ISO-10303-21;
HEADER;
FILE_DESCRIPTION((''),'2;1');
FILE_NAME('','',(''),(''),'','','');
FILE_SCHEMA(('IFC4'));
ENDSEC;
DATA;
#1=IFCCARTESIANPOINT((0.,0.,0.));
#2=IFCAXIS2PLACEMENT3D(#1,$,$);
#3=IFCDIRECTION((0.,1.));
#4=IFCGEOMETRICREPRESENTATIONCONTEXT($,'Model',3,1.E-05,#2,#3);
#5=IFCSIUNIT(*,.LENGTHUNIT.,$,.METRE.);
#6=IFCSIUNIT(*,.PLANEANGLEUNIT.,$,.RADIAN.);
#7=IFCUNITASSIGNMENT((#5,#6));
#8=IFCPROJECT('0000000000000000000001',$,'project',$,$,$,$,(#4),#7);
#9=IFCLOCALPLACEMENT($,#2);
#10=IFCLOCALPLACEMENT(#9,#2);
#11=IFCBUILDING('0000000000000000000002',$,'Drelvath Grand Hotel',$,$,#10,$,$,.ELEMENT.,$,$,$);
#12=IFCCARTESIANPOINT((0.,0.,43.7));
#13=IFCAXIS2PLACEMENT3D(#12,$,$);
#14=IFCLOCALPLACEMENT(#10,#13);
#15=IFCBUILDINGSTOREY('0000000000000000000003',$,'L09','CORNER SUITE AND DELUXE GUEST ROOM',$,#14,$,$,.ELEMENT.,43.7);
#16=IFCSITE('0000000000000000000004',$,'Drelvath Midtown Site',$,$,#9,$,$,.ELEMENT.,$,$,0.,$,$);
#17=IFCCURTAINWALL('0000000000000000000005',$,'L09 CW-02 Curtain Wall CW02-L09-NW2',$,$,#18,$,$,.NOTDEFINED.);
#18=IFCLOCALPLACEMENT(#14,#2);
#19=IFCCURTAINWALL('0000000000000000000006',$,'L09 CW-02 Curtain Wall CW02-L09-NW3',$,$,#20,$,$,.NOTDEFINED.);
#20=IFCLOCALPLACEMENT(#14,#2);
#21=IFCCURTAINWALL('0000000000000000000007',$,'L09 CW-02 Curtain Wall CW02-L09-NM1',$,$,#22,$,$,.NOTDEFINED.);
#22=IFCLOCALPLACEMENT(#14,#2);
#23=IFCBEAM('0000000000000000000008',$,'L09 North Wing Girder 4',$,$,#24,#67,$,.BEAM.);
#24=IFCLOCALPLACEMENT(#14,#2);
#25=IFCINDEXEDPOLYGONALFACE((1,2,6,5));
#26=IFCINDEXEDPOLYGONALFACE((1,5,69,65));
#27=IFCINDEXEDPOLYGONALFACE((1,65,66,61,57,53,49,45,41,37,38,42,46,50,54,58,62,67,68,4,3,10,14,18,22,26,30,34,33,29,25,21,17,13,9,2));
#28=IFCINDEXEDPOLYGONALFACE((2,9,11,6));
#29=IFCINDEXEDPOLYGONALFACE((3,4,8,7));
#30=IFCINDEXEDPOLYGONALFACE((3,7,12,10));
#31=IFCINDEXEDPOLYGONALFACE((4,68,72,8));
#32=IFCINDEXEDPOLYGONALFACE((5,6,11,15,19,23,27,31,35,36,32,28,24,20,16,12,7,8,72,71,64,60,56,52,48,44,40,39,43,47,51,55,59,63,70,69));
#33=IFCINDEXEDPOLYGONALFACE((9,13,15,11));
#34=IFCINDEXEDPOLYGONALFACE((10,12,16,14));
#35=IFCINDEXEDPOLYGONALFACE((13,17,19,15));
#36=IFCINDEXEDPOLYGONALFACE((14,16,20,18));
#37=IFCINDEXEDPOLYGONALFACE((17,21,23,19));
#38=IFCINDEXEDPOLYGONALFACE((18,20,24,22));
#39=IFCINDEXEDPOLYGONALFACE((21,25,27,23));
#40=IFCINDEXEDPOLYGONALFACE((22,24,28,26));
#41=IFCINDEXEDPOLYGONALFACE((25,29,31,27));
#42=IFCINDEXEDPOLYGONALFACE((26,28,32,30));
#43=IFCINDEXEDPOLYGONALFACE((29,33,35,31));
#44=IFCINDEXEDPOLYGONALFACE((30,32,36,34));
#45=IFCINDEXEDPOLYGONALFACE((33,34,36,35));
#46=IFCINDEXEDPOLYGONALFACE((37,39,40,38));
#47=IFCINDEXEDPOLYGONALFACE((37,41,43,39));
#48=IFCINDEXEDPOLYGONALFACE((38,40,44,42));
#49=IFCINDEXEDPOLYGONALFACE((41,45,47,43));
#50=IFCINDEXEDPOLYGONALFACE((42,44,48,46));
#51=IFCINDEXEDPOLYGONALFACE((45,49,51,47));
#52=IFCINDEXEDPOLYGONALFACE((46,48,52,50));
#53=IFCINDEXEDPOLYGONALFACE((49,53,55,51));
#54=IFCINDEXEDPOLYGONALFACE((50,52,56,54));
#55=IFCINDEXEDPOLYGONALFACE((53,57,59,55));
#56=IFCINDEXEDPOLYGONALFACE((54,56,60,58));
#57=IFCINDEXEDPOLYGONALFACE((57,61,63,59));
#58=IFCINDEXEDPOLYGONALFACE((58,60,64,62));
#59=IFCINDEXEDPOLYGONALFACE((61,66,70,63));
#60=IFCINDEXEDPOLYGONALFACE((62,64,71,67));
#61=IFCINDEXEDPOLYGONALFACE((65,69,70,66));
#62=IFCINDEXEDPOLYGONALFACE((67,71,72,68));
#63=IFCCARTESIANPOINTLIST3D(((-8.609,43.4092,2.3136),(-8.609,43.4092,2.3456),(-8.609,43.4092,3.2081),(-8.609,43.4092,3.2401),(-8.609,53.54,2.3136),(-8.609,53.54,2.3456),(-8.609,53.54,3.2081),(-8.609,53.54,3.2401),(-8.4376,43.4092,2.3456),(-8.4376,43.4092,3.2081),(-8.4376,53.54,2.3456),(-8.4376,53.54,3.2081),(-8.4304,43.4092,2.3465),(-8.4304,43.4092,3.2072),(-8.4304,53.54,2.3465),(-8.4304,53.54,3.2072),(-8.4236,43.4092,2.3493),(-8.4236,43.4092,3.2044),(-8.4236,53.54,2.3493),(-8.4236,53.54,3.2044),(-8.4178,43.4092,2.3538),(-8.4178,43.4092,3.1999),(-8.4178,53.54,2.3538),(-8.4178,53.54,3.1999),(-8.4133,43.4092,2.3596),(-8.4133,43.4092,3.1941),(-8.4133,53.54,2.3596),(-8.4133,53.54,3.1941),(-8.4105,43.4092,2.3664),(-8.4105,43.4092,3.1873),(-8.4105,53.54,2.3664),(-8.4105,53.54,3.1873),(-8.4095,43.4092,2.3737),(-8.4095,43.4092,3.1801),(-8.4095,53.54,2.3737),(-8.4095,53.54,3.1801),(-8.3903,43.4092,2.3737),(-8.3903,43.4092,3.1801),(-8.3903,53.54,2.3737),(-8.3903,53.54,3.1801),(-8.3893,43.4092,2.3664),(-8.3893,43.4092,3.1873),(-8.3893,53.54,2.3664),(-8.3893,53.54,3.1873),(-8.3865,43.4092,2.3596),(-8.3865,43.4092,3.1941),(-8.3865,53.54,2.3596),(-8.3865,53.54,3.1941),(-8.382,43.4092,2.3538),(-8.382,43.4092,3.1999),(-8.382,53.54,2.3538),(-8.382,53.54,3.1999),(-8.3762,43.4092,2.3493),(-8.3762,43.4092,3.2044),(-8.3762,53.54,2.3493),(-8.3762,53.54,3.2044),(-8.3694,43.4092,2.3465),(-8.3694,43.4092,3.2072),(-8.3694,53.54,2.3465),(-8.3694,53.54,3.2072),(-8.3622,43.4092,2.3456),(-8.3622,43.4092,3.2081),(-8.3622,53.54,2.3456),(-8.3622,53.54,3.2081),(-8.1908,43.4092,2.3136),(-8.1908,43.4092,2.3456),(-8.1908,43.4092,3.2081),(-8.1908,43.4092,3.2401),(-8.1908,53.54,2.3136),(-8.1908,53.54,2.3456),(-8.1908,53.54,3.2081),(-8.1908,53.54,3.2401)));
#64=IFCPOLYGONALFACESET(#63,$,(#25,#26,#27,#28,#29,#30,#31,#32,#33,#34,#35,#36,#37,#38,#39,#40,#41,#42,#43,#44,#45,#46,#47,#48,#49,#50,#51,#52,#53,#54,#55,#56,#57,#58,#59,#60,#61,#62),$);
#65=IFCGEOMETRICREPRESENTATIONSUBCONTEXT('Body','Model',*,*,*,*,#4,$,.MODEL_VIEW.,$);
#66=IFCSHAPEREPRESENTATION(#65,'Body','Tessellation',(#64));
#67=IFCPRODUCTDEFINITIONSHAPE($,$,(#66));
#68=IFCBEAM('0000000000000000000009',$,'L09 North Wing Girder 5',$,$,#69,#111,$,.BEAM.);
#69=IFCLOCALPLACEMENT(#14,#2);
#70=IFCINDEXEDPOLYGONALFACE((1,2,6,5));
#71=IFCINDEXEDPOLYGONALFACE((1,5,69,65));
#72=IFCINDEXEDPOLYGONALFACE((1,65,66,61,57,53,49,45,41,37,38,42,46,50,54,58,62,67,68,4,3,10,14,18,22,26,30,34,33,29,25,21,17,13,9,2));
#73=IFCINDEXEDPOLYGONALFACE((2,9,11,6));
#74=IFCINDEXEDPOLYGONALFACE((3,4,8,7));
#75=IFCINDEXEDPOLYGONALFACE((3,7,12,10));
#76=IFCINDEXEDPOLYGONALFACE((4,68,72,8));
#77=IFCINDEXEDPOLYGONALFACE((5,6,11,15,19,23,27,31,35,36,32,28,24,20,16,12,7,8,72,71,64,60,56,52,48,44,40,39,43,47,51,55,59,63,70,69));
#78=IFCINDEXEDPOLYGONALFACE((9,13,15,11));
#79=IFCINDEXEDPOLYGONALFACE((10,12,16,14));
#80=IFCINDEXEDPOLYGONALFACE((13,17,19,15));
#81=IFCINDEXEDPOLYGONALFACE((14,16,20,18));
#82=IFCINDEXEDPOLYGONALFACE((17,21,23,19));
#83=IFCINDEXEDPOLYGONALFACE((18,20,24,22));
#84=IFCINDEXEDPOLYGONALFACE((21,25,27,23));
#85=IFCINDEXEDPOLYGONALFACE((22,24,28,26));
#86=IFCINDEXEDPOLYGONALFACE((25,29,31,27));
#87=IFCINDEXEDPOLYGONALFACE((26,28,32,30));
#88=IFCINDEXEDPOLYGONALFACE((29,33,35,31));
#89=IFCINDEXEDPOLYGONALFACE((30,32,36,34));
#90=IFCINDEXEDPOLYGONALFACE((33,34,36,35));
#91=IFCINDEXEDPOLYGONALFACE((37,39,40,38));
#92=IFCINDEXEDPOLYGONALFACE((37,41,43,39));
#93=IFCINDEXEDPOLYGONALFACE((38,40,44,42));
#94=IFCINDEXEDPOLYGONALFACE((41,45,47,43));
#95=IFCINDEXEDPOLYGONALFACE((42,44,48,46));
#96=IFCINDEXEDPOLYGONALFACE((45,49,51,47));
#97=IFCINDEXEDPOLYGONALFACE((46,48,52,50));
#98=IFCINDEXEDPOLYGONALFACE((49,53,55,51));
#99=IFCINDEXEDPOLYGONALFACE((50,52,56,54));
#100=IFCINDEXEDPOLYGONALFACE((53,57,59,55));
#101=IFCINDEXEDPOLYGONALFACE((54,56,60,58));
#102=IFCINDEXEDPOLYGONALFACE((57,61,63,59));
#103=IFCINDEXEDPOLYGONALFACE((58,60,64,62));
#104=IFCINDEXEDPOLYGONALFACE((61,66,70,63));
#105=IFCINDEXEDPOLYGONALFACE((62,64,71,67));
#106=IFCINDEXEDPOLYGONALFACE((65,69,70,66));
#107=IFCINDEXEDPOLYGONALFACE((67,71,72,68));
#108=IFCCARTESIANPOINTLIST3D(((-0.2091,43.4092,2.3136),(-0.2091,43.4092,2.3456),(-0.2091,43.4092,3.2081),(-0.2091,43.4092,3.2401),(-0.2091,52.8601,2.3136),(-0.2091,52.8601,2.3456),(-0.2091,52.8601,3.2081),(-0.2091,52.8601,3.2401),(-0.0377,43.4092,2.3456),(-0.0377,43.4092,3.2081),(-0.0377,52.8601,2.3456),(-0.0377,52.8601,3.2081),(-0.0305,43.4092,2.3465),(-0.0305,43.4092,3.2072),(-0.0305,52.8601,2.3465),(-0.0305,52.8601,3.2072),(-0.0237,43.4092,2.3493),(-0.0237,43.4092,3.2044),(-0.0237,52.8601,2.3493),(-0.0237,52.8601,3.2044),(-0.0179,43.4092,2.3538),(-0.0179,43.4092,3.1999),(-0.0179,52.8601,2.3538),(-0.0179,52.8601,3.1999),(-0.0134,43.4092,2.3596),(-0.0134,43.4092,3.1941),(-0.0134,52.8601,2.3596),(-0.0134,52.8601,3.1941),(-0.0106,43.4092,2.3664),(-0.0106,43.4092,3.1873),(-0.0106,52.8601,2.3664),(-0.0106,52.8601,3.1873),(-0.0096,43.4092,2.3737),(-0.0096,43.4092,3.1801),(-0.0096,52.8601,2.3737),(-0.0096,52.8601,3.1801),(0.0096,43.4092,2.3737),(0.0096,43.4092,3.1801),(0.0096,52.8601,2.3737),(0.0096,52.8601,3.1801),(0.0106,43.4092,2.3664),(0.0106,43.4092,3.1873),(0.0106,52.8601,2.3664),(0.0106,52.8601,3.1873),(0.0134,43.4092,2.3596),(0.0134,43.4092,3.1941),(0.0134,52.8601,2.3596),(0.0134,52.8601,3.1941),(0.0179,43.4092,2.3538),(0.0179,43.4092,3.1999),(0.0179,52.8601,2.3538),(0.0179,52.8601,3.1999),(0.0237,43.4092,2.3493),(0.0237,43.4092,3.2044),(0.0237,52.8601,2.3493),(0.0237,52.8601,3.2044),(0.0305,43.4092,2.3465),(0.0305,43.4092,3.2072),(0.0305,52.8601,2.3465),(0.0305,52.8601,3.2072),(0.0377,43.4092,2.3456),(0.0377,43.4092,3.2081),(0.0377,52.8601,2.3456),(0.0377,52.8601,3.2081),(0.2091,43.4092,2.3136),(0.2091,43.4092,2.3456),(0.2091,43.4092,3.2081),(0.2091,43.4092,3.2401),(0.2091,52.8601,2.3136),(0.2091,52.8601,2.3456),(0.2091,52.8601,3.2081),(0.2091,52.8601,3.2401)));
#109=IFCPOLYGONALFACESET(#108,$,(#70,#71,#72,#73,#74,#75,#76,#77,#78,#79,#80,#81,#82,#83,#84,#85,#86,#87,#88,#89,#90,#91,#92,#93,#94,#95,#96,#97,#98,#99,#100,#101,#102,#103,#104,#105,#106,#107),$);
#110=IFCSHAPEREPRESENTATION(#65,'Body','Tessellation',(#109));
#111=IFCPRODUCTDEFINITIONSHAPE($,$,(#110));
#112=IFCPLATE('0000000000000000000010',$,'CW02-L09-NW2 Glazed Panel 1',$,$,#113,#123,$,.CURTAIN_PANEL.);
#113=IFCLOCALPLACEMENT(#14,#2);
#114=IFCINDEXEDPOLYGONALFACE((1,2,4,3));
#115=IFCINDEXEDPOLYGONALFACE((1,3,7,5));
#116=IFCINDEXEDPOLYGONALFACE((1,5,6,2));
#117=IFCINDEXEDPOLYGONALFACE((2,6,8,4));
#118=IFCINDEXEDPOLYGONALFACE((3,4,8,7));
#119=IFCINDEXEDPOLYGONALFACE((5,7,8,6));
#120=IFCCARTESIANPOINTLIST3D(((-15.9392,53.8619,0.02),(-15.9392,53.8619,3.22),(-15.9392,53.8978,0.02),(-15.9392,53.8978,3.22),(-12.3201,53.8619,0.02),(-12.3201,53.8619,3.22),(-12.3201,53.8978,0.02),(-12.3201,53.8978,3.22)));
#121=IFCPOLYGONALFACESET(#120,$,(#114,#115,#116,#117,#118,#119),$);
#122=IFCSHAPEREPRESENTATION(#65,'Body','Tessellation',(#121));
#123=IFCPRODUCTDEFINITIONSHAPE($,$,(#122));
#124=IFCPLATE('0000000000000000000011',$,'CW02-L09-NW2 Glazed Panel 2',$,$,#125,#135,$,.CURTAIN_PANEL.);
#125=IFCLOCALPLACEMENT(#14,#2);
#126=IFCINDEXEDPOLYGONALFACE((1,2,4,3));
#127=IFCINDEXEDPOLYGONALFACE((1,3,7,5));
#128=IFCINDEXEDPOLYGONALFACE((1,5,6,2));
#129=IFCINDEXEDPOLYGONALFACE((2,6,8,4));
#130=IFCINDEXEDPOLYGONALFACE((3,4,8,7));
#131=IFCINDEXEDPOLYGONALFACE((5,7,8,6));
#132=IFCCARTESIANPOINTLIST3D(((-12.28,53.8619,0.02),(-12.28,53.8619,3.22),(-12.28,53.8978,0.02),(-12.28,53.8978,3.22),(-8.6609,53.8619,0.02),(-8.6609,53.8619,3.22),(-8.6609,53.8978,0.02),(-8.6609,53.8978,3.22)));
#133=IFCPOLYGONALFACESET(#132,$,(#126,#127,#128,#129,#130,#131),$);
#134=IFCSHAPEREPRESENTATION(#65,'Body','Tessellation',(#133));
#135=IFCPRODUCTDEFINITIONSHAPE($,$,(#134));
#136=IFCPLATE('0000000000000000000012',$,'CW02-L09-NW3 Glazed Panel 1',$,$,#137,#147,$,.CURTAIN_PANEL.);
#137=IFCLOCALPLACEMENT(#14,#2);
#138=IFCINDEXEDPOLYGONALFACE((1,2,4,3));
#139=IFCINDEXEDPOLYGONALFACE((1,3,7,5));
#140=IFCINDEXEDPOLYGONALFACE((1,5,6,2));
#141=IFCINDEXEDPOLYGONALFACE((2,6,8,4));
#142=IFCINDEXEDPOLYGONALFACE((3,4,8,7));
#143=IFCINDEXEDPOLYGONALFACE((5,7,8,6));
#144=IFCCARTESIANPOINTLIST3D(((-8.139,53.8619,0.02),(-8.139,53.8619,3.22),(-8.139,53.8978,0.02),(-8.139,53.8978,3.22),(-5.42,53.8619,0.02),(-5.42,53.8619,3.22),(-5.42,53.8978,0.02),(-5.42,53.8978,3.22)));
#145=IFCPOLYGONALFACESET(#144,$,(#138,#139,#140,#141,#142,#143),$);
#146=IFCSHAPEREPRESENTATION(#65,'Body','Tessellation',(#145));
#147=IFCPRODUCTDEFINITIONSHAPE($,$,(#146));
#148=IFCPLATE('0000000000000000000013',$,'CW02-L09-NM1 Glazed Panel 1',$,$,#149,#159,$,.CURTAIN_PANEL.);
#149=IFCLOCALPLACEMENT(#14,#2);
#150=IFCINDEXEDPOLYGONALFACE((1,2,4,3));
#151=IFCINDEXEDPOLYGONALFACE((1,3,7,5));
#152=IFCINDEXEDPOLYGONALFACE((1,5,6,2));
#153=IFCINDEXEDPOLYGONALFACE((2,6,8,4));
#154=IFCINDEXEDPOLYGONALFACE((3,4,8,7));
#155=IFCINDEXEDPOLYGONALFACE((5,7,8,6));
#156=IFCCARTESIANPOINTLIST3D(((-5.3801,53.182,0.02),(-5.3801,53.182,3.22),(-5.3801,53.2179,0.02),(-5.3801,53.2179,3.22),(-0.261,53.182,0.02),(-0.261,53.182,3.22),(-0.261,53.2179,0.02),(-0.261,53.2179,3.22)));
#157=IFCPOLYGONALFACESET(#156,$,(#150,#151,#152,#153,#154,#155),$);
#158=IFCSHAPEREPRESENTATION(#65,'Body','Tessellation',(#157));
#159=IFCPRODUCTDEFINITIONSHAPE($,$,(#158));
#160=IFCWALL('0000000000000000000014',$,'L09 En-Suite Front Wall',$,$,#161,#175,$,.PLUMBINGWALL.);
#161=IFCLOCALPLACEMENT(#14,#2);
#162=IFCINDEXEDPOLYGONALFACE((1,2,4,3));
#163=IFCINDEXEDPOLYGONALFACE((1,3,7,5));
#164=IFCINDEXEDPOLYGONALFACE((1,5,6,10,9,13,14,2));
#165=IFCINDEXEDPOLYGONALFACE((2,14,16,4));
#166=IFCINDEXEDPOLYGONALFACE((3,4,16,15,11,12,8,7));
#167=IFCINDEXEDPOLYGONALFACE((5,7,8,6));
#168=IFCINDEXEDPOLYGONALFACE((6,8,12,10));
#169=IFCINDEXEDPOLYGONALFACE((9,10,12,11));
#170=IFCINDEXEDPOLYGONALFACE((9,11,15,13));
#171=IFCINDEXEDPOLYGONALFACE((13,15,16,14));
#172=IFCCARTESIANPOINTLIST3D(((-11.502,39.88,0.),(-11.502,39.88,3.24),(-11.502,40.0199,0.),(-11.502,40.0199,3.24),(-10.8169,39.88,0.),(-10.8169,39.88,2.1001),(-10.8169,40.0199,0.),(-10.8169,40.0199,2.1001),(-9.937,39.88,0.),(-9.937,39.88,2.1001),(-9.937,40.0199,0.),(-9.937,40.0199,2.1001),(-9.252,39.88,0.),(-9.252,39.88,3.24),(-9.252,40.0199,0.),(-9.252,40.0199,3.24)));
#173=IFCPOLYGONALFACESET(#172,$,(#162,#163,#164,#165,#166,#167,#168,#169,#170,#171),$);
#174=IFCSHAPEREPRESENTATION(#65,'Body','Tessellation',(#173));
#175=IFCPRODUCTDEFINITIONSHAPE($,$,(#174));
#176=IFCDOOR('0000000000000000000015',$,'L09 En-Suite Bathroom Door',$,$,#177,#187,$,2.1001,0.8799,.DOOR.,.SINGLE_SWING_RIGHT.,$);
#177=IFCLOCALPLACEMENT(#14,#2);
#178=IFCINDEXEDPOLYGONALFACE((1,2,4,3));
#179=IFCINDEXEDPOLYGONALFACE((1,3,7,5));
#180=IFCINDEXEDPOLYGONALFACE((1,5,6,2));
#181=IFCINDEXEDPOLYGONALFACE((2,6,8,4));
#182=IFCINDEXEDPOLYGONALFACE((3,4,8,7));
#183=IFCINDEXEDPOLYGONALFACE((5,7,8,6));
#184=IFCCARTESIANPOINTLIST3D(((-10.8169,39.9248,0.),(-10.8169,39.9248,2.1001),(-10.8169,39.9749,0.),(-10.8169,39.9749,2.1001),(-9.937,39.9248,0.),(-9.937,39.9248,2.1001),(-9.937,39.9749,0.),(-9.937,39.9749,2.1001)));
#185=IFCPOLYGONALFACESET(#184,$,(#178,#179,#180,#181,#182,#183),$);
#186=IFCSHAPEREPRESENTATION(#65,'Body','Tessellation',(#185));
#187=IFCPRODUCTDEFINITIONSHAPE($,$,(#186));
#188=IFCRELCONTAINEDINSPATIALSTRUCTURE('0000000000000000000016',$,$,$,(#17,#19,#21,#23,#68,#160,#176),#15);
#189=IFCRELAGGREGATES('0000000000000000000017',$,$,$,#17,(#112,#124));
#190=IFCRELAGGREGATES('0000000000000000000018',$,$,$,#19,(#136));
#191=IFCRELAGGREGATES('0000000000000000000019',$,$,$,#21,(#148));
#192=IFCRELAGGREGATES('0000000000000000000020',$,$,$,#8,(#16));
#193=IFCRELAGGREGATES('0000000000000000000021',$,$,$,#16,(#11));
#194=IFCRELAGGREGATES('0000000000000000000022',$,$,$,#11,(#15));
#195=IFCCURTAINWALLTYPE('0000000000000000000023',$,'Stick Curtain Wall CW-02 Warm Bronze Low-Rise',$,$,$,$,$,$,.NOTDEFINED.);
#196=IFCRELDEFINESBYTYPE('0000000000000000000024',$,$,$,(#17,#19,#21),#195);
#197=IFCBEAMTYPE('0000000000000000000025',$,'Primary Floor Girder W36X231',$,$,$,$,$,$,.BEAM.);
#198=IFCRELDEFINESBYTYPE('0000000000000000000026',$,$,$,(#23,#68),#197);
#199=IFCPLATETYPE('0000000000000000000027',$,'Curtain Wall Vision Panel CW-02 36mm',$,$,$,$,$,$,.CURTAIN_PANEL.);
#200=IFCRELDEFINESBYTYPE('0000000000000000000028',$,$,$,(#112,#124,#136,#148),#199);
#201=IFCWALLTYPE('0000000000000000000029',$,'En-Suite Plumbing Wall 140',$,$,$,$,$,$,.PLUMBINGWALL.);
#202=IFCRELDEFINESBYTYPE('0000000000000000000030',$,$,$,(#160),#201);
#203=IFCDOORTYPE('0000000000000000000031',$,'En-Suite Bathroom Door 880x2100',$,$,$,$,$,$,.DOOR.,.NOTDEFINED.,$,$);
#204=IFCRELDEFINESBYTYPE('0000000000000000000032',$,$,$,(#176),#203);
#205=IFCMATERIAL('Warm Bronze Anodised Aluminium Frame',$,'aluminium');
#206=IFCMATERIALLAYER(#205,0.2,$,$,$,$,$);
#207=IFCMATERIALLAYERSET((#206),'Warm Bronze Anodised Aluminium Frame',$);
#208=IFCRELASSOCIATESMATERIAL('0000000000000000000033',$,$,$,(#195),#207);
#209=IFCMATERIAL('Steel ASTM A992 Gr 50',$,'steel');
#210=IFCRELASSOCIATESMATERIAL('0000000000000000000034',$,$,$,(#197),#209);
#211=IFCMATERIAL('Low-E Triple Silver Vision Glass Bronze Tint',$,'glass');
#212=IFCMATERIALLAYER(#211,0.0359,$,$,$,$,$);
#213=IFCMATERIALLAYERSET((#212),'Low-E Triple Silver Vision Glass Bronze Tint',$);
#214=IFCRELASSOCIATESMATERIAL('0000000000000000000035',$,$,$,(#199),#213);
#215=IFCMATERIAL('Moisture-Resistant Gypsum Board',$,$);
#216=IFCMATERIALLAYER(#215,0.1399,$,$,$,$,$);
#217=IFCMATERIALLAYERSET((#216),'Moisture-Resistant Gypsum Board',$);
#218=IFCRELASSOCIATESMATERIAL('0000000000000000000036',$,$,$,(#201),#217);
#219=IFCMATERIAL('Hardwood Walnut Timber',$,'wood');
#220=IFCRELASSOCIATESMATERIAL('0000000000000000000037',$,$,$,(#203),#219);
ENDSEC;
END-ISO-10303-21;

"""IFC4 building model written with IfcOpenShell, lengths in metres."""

from ifc_helpers import new_model, si_unit, direction, frame, frame_2d, origin, origin_2d, place, context, subcontext, project, spatial, rectangle, i_section, extrude, material, layer, layer_set, material_profile, profile_set, type_object, element, fill, aggregate, save


model = new_model("IFC4")

# Units and contexts
model_context = context("Model", 3, precision=1e-05, world=origin(), true_north=direction((0.0, 1.0)))
body_context = subcontext(model_context, "Body", "Model", "MODEL_VIEW")
ifc_project = project(units=[si_unit("LENGTHUNIT", "METRE"), si_unit("PLANEANGLEUNIT", "RADIAN")], contexts=[model_context])

# Site, building, storey
site_placement = place(None, origin())
site = spatial("IfcSite", under=ifc_project, at=site_placement, Name="Drelvath Midtown Site", CompositionType="ELEMENT", RefElevation=0.0)
building_placement = place(site_placement, origin())
building = spatial("IfcBuilding", under=site, at=building_placement, Name="Drelvath Grand Hotel", CompositionType="ELEMENT")
storey_placement = place(building_placement, frame((0.0, 0.0, 43.7)))
storey = spatial("IfcBuildingStorey", under=building, at=storey_placement, Name="L09", Description="CORNER SUITE AND DELUXE GUEST ROOM", CompositionType="ELEMENT", Elevation=43.7)

# Curtain walls
ifc_material_1 = material(Name="Warm Bronze Anodised Aluminium Frame", Category="aluminium")
ifc_layer_1 = layer(ifc_material_1, 0.2)
ifc_layer_set_1 = layer_set([ifc_layer_1], Name="Warm Bronze Anodised Aluminium Frame")
curtain_wall_type = type_object("IfcCurtainWallType", Name="Stick Curtain Wall CW-02 Warm Bronze Low-Rise", PredefinedType="NOTDEFINED", material=ifc_layer_set_1)
curtain_wall_1_placement = place(storey_placement, origin())
curtain_wall_1 = element("IfcCurtainWall", 1, at=curtain_wall_1_placement, inside=storey, type_object=curtain_wall_type, Name="L09 CW-02 Curtain Wall CW02-L09-NW2", PredefinedType="NOTDEFINED")
curtain_wall_2_placement = place(storey_placement, origin())
curtain_wall_2 = element("IfcCurtainWall", 2, at=curtain_wall_2_placement, inside=storey, type_object=curtain_wall_type, Name="L09 CW-02 Curtain Wall CW02-L09-NW3", PredefinedType="NOTDEFINED")
curtain_wall_3_placement = place(storey_placement, origin())
curtain_wall_3 = element("IfcCurtainWall", 3, at=curtain_wall_3_placement, inside=storey, type_object=curtain_wall_type, Name="L09 CW-02 Curtain Wall CW02-L09-NM1", PredefinedType="NOTDEFINED")

# Beams
ifc_material_2 = material(Name="Steel ASTM A992 Gr 50", Category="steel")
ifc_material_profile_1 = material_profile(ifc_material_2, i_section(OverallWidth=0.4182, OverallDepth=0.9265, WebThickness=0.0193, FlangeThickness=0.032, FilletRadius=0.0281, at=origin_2d()), Name="W36X231")
ifc_profile_set_1 = profile_set([ifc_material_profile_1], Name="Steel ASTM A992 Gr 50")
beam_type_1 = type_object("IfcBeamType", Name="Primary Floor Girder W36X231", PredefinedType="BEAM", material=ifc_profile_set_1)
beam_1_placement = place(storey_placement, frame((-8.3999, 43.4092, 2.7769), z_axis=(0.0, 1.0, 0.0), x_axis=(-1.0, 0.0, 0.0)))
element("IfcBeam", 4, at=beam_1_placement, inside=storey, type_object=beam_type_1, Name="L09 North Wing Girder 4", PredefinedType="BEAM", context=body_context, shape_type="SweptSolid", body=[
    extrude(i_section(OverallWidth=0.4182, OverallDepth=0.9265, WebThickness=0.0193, FlangeThickness=0.032, FilletRadius=0.0281, at=origin_2d()), origin(), (0.0, 0.0, 1.0), 10.1309),
])
beam_2_placement = place(storey_placement, frame((0.0, 43.4092, 2.7769), z_axis=(0.0, 1.0, 0.0), x_axis=(-1.0, 0.0, 0.0)))
element("IfcBeam", 5, at=beam_2_placement, inside=storey, type_object=beam_type_1, Name="L09 North Wing Girder 5", PredefinedType="BEAM", context=body_context, shape_type="SweptSolid", body=[
    extrude(i_section(OverallWidth=0.4182, OverallDepth=0.9265, WebThickness=0.0193, FlangeThickness=0.032, FilletRadius=0.0281, at=origin_2d()), origin(), (0.0, 0.0, 1.0), 9.4509),
])

# Plates
ifc_material_3 = material(Name="Low-E Triple Silver Vision Glass Bronze Tint", Category="glass")
ifc_layer_2 = layer(ifc_material_3, 0.0359)
ifc_layer_set_2 = layer_set([ifc_layer_2], Name="Low-E Triple Silver Vision Glass Bronze Tint")
plate_type = type_object("IfcPlateType", Name="Curtain Wall Vision Panel CW-02 36mm", PredefinedType="CURTAIN_PANEL", material=ifc_layer_set_2)
plate_1_placement = place(storey_placement, frame((-14.1296, 53.8799, 0.02), z_axis=(0.0, 0.0, 1.0), x_axis=(1.0, 0.0, 0.0)))
plate_1 = element("IfcPlate", 6, at=plate_1_placement, type_object=plate_type, Name="CW02-L09-NW2 Glazed Panel 1", PredefinedType="CURTAIN_PANEL", context=body_context, shape_type="SweptSolid", body=[
    extrude(rectangle(XDim=3.6191, YDim=0.0359, at=origin_2d()), origin(), (0.0, 0.0, 1.0), 3.2),
])
plate_2_placement = place(storey_placement, frame((-10.4705, 53.8799, 0.02), z_axis=(0.0, 0.0, 1.0), x_axis=(1.0, 0.0, 0.0)))
plate_2 = element("IfcPlate", 7, at=plate_2_placement, type_object=plate_type, Name="CW02-L09-NW2 Glazed Panel 2", PredefinedType="CURTAIN_PANEL", context=body_context, shape_type="SweptSolid", body=[
    extrude(rectangle(XDim=3.6191, YDim=0.0359, at=origin_2d()), origin(), (0.0, 0.0, 1.0), 3.2),
])
aggregate(curtain_wall_1, [plate_1, plate_2])
plate_3_placement = place(storey_placement, frame((-6.7795, 53.8799, 0.02), z_axis=(0.0, 0.0, 1.0), x_axis=(1.0, 0.0, 0.0)))
plate_3 = element("IfcPlate", 8, at=plate_3_placement, type_object=plate_type, Name="CW02-L09-NW3 Glazed Panel 1", PredefinedType="CURTAIN_PANEL", context=body_context, shape_type="SweptSolid", body=[
    extrude(rectangle(XDim=2.719, YDim=0.0359, at=origin_2d()), origin(), (0.0, 0.0, 1.0), 3.2),
])
aggregate(curtain_wall_2, [plate_3])
plate_4_placement = place(storey_placement, frame((-2.8206, 53.2, 0.02), z_axis=(0.0, 0.0, 1.0), x_axis=(1.0, 0.0, 0.0)))
plate_4 = element("IfcPlate", 9, at=plate_4_placement, type_object=plate_type, Name="CW02-L09-NM1 Glazed Panel 1", PredefinedType="CURTAIN_PANEL", context=body_context, shape_type="SweptSolid", body=[
    extrude(rectangle(XDim=5.1191, YDim=0.0359, at=origin_2d()), origin(), (0.0, 0.0, 1.0), 3.2),
])
aggregate(curtain_wall_3, [plate_4])

# Wall, opening, door
ifc_material_4 = material(Name="Moisture-Resistant Gypsum Board")
ifc_layer_3 = layer(ifc_material_4, 0.1399)
ifc_layer_set_3 = layer_set([ifc_layer_3], Name="Moisture-Resistant Gypsum Board")
wall_type_1 = type_object("IfcWallType", Name="En-Suite Plumbing Wall 140", PredefinedType="PLUMBINGWALL", material=ifc_layer_set_3)
wall_1_placement = place(storey_placement, frame((-11.502, 39.95, 0.0), z_axis=(0.0, 0.0, 1.0), x_axis=(1.0, 0.0, 0.0)))
wall_1 = element("IfcWall", 10, at=wall_1_placement, inside=storey, type_object=wall_type_1, Name="L09 En-Suite Front Wall", PredefinedType="PLUMBINGWALL", context=body_context, shape_type="SweptSolid", body=[
    extrude(rectangle(XDim=2.25, YDim=0.1399, at=frame_2d((1.125, 0.0))), origin(), (0.0, 0.0, 1.0), 3.24),
])
opening_1_placement = place(wall_1_placement, frame((0.6851, 0.0, 0.0)))
opening_1 = element("IfcOpeningElement", 11, at=opening_1_placement, cuts=wall_1, PredefinedType="OPENING", context=body_context, shape_type="SweptSolid", body=[
    extrude(rectangle(XDim=0.8799, YDim=2.1001, at=frame_2d((0.4399, 1.05))), frame((0.0, 0.0798, 0.0), z_axis=(0.0, -1.0, 0.0), x_axis=(1.0, 0.0, 0.0)), (0.0, 0.0, 1.0), 0.1599),
])
ifc_material_5 = material(Name="Hardwood Walnut Timber", Category="wood")
door_type = type_object("IfcDoorType", Name="En-Suite Bathroom Door 880x2100", OperationType="NOTDEFINED", PredefinedType="DOOR", material=ifc_material_5)
door_1_placement = place(opening_1_placement, origin())
door_1 = element("IfcDoor", 12, at=door_1_placement, inside=storey, type_object=door_type, Name="L09 En-Suite Bathroom Door", OperationType="SINGLE_SWING_RIGHT", OverallHeight=2.1001, OverallWidth=0.8799, PredefinedType="DOOR", context=body_context, shape_type="SweptSolid", body=[
    extrude(rectangle(XDim=0.8799, YDim=2.1001, at=frame_2d((0.4399, 1.05))), frame((0.0, 0.0249, 0.0), z_axis=(0.0, -1.0, 0.0), x_axis=(1.0, 0.0, 0.0)), (0.0, 0.0, 1.0), 0.05),
])
fill(opening_1, door_1)

save(model, "model.ifc")
